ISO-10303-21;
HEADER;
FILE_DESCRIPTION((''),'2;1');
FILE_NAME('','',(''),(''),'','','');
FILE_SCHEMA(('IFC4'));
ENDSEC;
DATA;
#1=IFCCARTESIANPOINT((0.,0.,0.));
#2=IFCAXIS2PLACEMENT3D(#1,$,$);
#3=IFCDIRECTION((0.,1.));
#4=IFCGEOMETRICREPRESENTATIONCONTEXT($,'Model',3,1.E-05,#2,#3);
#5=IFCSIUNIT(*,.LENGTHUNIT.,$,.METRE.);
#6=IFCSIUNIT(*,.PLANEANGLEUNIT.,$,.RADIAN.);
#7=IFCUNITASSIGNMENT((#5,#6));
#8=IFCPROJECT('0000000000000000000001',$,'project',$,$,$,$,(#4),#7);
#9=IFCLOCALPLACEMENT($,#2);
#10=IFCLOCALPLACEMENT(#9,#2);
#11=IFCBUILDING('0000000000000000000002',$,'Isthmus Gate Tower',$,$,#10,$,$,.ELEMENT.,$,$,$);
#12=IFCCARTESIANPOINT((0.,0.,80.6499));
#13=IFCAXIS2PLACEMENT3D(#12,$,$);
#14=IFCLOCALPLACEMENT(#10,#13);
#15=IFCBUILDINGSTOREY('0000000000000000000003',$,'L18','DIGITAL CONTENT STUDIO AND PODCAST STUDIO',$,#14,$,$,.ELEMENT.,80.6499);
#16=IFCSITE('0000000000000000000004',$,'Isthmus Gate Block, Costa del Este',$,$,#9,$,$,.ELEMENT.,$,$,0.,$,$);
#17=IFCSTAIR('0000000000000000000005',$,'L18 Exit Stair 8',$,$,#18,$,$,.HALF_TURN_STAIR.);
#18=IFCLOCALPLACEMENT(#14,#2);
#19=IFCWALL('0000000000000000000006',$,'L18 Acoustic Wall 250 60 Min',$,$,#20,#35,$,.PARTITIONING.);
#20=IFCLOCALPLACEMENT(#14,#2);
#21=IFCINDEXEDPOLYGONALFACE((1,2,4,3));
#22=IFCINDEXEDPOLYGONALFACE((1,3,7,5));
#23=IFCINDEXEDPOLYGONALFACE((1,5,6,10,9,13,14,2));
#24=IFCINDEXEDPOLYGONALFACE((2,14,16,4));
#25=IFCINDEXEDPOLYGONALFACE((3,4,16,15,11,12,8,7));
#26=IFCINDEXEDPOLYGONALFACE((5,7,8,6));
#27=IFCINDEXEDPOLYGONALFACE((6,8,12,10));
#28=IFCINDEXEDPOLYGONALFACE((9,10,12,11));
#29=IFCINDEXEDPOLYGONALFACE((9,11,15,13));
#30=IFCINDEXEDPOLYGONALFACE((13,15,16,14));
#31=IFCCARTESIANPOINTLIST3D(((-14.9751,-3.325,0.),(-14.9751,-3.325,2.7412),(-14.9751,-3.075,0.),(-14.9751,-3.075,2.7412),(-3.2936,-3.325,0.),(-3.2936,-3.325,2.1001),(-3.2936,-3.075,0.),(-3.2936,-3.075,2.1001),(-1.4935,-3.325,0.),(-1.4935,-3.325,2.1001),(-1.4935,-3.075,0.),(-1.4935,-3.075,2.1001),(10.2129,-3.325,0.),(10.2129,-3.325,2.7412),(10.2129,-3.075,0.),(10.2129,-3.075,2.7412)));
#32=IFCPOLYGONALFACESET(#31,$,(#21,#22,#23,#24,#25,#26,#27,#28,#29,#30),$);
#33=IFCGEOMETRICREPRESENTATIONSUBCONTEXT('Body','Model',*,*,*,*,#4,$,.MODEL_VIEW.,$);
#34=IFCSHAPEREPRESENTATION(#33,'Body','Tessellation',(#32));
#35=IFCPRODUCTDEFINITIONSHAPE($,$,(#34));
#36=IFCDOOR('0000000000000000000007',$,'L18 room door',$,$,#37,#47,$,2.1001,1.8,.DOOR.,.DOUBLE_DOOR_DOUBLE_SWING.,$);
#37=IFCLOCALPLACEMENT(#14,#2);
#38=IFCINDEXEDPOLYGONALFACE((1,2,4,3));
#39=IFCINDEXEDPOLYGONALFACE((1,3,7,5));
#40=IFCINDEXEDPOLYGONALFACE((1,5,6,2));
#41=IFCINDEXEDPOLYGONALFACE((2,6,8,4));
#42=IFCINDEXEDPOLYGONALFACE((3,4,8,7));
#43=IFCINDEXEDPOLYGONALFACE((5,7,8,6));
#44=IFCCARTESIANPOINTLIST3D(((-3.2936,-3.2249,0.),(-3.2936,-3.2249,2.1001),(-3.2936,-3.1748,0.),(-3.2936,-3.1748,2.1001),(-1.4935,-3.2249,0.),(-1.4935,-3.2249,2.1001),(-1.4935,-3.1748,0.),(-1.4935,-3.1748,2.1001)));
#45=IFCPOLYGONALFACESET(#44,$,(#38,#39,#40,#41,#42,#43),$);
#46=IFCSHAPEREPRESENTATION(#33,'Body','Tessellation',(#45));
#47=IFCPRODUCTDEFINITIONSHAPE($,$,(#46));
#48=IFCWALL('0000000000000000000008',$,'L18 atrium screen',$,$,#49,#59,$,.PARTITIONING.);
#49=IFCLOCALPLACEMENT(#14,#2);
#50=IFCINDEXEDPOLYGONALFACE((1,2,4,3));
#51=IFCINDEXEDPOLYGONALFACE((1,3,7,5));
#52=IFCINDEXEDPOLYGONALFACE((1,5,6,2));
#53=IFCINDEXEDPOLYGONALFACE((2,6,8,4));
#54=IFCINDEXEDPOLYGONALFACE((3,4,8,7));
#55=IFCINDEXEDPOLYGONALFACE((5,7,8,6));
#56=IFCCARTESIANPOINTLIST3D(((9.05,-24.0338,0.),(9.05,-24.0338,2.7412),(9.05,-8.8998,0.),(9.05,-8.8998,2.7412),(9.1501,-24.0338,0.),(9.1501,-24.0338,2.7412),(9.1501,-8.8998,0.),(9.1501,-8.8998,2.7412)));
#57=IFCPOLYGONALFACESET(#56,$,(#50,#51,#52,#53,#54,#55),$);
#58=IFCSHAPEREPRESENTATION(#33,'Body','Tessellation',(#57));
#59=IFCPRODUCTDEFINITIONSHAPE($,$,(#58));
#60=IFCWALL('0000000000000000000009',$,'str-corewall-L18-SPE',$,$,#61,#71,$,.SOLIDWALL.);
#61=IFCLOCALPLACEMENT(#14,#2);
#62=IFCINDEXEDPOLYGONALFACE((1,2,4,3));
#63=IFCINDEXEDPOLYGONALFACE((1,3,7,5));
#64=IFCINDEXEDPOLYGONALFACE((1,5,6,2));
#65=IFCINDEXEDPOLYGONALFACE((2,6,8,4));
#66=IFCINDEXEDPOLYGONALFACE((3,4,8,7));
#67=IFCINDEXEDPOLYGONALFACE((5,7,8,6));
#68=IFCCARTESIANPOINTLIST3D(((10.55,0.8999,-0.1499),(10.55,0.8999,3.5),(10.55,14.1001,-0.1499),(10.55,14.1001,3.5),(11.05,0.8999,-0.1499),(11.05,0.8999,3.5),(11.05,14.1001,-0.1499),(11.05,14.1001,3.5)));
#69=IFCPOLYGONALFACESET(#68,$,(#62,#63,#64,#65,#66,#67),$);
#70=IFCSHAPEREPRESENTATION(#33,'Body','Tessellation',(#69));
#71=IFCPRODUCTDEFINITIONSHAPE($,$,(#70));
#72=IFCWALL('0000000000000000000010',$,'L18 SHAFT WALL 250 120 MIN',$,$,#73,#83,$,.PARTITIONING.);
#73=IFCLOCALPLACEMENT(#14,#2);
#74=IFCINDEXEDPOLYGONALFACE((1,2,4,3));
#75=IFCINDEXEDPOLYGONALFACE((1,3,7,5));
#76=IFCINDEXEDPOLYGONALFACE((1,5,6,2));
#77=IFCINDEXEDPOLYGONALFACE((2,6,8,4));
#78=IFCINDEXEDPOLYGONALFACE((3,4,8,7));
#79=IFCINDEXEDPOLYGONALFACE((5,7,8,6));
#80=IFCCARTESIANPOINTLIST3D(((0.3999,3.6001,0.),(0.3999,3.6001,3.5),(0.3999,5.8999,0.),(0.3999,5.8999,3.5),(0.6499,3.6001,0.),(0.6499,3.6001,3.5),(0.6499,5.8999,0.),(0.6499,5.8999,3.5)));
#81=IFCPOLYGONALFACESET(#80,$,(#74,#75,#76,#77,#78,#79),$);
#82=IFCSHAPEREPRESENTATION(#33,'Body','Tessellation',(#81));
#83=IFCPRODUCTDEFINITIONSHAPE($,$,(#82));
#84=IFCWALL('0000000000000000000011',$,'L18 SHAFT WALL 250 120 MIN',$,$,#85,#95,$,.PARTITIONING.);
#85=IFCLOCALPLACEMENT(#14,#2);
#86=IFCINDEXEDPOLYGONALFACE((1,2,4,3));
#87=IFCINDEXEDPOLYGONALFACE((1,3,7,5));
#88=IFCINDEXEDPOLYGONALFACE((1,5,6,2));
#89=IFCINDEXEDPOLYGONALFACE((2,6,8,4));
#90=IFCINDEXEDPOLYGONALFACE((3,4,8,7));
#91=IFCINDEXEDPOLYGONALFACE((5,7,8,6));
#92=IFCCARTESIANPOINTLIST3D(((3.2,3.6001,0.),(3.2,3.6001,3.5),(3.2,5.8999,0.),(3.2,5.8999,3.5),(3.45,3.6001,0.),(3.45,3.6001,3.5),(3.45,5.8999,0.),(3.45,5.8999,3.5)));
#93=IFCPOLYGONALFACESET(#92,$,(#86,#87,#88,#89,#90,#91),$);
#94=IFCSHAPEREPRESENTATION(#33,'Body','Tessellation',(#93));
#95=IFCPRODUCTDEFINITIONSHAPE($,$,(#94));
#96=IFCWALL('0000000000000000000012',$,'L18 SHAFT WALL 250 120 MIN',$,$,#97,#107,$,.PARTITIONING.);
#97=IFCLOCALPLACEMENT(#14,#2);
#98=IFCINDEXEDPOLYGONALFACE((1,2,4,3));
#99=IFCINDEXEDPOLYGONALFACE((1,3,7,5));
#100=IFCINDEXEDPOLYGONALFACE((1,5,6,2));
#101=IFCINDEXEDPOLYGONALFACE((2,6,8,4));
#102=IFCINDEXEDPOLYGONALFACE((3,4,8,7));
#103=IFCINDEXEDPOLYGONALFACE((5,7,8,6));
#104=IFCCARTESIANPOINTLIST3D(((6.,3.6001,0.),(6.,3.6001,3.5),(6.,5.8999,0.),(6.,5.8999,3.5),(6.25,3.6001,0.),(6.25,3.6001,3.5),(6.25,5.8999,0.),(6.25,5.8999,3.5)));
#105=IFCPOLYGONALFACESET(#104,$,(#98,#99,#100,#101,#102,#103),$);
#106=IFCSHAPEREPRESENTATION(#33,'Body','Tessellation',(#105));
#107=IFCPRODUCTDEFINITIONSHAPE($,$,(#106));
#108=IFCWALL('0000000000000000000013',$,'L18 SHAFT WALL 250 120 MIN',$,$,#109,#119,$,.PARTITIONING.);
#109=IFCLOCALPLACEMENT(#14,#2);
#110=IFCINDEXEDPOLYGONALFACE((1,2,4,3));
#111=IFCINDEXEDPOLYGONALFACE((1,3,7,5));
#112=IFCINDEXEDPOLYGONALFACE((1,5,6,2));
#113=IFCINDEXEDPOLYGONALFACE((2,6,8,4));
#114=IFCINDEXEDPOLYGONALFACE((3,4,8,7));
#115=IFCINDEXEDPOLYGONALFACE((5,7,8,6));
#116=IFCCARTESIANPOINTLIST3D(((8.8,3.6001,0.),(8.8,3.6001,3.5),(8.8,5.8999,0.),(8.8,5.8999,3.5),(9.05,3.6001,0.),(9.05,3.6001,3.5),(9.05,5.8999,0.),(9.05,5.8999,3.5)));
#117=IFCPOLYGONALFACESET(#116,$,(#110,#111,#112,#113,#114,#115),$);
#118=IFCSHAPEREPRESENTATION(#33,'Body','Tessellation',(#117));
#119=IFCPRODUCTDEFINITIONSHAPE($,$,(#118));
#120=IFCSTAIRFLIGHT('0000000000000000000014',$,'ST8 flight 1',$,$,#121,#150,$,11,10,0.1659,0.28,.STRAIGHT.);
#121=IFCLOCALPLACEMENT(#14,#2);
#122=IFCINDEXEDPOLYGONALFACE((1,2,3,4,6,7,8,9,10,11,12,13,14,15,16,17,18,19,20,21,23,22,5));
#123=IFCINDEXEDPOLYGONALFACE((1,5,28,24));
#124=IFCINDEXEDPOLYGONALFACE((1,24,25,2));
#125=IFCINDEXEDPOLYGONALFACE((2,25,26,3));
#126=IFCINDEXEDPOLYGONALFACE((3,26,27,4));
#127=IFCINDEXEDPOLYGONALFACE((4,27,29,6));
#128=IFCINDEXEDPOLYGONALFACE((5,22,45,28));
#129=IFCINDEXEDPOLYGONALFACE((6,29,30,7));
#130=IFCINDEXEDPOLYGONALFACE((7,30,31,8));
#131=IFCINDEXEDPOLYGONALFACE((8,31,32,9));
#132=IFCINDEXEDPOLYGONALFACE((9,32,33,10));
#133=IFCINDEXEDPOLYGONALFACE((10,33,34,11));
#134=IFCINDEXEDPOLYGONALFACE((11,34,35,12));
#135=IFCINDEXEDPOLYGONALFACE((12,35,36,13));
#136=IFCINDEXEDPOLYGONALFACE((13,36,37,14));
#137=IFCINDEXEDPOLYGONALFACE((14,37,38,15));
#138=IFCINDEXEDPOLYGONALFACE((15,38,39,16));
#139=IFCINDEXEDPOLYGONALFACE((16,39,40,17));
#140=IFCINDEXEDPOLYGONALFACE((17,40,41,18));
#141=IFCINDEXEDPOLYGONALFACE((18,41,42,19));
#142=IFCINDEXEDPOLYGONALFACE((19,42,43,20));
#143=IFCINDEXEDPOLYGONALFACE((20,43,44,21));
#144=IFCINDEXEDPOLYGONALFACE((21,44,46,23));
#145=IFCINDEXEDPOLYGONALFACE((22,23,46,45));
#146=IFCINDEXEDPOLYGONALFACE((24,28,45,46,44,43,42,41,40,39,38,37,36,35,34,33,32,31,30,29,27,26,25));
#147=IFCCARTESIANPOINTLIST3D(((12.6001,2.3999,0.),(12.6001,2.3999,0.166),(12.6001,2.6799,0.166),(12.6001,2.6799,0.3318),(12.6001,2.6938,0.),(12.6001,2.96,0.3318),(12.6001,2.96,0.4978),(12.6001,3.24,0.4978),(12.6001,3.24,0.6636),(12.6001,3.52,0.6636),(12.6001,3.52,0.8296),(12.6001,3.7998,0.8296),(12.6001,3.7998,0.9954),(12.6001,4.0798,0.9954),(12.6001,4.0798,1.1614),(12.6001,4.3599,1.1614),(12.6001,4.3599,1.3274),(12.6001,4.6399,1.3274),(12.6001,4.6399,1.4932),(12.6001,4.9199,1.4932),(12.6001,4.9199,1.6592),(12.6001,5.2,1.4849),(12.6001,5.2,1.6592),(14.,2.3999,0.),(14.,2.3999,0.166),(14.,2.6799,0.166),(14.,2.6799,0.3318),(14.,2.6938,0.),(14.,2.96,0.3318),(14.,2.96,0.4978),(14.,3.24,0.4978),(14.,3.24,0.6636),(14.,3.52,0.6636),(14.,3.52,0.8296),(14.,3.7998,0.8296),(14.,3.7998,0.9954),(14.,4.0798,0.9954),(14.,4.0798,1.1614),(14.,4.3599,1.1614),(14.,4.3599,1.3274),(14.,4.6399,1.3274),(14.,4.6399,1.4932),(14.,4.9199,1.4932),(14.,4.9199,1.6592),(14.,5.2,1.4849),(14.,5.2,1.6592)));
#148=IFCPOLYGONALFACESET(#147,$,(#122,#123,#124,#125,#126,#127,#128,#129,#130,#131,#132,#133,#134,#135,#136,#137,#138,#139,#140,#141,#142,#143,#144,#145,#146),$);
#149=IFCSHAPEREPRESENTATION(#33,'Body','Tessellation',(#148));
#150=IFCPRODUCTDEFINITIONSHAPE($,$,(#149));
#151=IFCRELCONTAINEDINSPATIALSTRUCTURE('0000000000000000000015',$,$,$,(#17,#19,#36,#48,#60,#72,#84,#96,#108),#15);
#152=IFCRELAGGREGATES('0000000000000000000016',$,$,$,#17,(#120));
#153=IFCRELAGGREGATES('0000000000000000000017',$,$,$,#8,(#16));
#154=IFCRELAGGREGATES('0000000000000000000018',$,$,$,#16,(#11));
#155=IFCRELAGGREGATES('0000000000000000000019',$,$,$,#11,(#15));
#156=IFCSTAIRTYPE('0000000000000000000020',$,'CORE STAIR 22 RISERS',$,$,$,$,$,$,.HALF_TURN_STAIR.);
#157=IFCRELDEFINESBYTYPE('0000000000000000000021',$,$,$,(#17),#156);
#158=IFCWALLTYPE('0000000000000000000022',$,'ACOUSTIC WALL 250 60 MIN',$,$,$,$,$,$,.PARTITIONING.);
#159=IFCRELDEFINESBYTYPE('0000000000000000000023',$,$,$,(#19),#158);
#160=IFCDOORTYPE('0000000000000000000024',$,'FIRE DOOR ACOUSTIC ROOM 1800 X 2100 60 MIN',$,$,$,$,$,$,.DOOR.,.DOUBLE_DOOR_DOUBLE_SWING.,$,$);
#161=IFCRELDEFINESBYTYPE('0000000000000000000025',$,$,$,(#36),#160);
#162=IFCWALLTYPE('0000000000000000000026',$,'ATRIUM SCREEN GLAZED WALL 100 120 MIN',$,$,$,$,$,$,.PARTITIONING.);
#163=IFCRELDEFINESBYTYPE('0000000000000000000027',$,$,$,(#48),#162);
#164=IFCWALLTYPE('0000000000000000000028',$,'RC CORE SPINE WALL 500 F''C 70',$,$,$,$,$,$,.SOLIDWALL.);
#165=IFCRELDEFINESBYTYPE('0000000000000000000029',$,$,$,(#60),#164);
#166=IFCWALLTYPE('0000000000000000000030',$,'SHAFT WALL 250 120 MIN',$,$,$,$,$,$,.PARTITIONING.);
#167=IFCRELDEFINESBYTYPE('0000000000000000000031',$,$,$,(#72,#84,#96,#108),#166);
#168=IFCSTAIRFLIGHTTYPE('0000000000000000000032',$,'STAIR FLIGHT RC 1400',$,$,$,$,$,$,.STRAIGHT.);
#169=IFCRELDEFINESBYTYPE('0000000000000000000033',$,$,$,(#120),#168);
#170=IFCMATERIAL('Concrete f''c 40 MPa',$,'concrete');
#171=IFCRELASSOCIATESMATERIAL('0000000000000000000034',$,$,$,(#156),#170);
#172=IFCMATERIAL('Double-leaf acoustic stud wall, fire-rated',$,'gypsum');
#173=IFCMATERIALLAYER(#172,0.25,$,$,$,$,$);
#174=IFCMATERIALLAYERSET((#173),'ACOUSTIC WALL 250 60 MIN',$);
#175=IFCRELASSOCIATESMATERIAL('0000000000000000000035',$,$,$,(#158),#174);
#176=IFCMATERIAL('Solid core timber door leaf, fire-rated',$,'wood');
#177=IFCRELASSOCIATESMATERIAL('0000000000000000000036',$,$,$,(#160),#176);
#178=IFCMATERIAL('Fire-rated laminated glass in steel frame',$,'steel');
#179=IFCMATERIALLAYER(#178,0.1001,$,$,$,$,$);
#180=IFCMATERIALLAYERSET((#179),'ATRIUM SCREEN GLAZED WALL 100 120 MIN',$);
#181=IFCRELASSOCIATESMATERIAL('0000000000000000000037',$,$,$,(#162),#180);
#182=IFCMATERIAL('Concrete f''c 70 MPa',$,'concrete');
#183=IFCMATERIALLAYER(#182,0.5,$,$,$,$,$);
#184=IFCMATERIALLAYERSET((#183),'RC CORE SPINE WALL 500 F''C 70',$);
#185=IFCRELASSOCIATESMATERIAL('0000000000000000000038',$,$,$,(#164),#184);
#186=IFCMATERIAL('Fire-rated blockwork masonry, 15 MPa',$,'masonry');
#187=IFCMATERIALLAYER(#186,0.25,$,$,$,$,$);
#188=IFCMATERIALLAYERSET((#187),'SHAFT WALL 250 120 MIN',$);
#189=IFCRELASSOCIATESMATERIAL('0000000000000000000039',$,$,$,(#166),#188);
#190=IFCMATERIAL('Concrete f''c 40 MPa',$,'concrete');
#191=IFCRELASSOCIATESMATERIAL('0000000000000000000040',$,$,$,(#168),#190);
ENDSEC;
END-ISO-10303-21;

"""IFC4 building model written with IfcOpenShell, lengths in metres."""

from ifc_helpers import new_model, si_unit, direction, frame, frame_2d, origin, place, context, subcontext, project, spatial, polyline, rectangle, outline, extrude, material, layer, layer_set, type_object, element, fill, aggregate, save


model = new_model("IFC4")

# Units and contexts
model_context = context("Model", 3, precision=1e-05, world=origin(), true_north=direction((0.0, 1.0)))
body_context = subcontext(model_context, "Body", "Model", "MODEL_VIEW")
ifc_project = project(units=[si_unit("LENGTHUNIT", "METRE"), si_unit("PLANEANGLEUNIT", "RADIAN")], contexts=[model_context])

# Site, building, storey
site_placement = place(None, origin())
site = spatial("IfcSite", under=ifc_project, at=site_placement, Name="Isthmus Gate Block, Costa del Este", CompositionType="ELEMENT", RefElevation=0.0)
building_placement = place(site_placement, origin())
building = spatial("IfcBuilding", under=site, at=building_placement, Name="Isthmus Gate Tower", CompositionType="ELEMENT")
storey_placement = place(building_placement, frame((0.0, 0.0, 80.6499)))
storey = spatial("IfcBuildingStorey", under=building, at=storey_placement, Name="L18", Description="DIGITAL CONTENT STUDIO AND PODCAST STUDIO", CompositionType="ELEMENT", Elevation=80.6499)

# Stair
ifc_material_1 = material(Name="Concrete f'c 40 MPa", Category="concrete")
stair_type = type_object("IfcStairType", Name="CORE STAIR 22 RISERS", PredefinedType="HALF_TURN_STAIR", material=ifc_material_1)
stair_1_placement = place(storey_placement, origin())
stair_1 = element("IfcStair", 1, at=stair_1_placement, inside=storey, type_object=stair_type, Name="L18 Exit Stair 8", PredefinedType="HALF_TURN_STAIR")

# Wall, opening, door
ifc_material_2 = material(Name="Double-leaf acoustic stud wall, fire-rated", Category="gypsum")
ifc_layer_1 = layer(ifc_material_2, 0.25)
ifc_layer_set_1 = layer_set([ifc_layer_1], Name="ACOUSTIC WALL 250 60 MIN")
wall_type_1 = type_object("IfcWallType", Name="ACOUSTIC WALL 250 60 MIN", PredefinedType="PARTITIONING", material=ifc_layer_set_1)
wall_1_placement = place(storey_placement, frame((10.2129, -3.2, 0.0), z_axis=(0.0, 0.0, 1.0), x_axis=(-1.0, 0.0, 0.0)))
wall_1 = element("IfcWall", 2, at=wall_1_placement, inside=storey, type_object=wall_type_1, Name="L18 Acoustic Wall 250 60 Min", PredefinedType="PARTITIONING", context=body_context, shape_type="SweptSolid", body=[
    extrude(rectangle(XDim=25.188, YDim=0.25, at=frame_2d((12.594, 0.0))), origin(), (0.0, 0.0, 1.0), 2.7412),
])
opening_placement = place(wall_1_placement, frame((11.7065, 0.0, 0.0)))
opening = element("IfcOpeningElement", 3, at=opening_placement, cuts=wall_1, PredefinedType="OPENING", context=body_context, shape_type="SweptSolid", body=[
    extrude(rectangle(XDim=1.8, YDim=2.1001, at=frame_2d((0.8999, 1.05))), frame((0.0, 0.135, 0.0), z_axis=(0.0, -1.0, 0.0), x_axis=(1.0, 0.0, 0.0)), (0.0, 0.0, 1.0), 0.27),
])
ifc_material_3 = material(Name="Solid core timber door leaf, fire-rated", Category="wood")
door_type = type_object("IfcDoorType", Name="FIRE DOOR ACOUSTIC ROOM 1800 X 2100 60 MIN", OperationType="DOUBLE_DOOR_DOUBLE_SWING", PredefinedType="DOOR", material=ifc_material_3)
door_placement = place(opening_placement, origin())
door = element("IfcDoor", 4, at=door_placement, inside=storey, type_object=door_type, Name="L18 room door", OperationType="DOUBLE_DOOR_DOUBLE_SWING", OverallHeight=2.1001, OverallWidth=1.8, PredefinedType="DOOR", context=body_context, shape_type="SweptSolid", body=[
    extrude(rectangle(XDim=1.8, YDim=2.1001, at=frame_2d((0.8999, 1.05))), frame((0.0, 0.0249, 0.0), z_axis=(0.0, -1.0, 0.0), x_axis=(1.0, 0.0, 0.0)), (0.0, 0.0, 1.0), 0.05),
])
fill(opening, door)

# Walls
ifc_material_4 = material(Name="Fire-rated laminated glass in steel frame", Category="steel")
ifc_layer_2 = layer(ifc_material_4, 0.1001)
ifc_layer_set_2 = layer_set([ifc_layer_2], Name="ATRIUM SCREEN GLAZED WALL 100 120 MIN")
wall_type_2 = type_object("IfcWallType", Name="ATRIUM SCREEN GLAZED WALL 100 120 MIN", PredefinedType="PARTITIONING", material=ifc_layer_set_2)
wall_2_placement = place(storey_placement, frame((9.1001, -8.8999, 0.0), z_axis=(0.0, 0.0, 1.0), x_axis=(0.0, -1.0, 0.0)))
element("IfcWall", 5, at=wall_2_placement, inside=storey, type_object=wall_type_2, Name="L18 atrium screen", PredefinedType="PARTITIONING", context=body_context, shape_type="SweptSolid", body=[
    extrude(rectangle(XDim=15.134, YDim=0.1001, at=frame_2d((7.5669, 0.0))), origin(), (0.0, 0.0, 1.0), 2.7412),
])
ifc_material_5 = material(Name="Concrete f'c 70 MPa", Category="concrete")
ifc_layer_3 = layer(ifc_material_5, 0.5)
ifc_layer_set_3 = layer_set([ifc_layer_3], Name="RC CORE SPINE WALL 500 F'C 70")
wall_type_3 = type_object("IfcWallType", Name="RC CORE SPINE WALL 500 F'C 70", PredefinedType="SOLIDWALL", material=ifc_layer_set_3)
wall_3_placement = place(storey_placement, frame((10.8, 0.8999, -0.1499), z_axis=(0.0, 0.0, 1.0), x_axis=(0.0, 1.0, 0.0)))
element("IfcWall", 6, at=wall_3_placement, inside=storey, type_object=wall_type_3, Name="str-corewall-L18-SPE", PredefinedType="SOLIDWALL", context=body_context, shape_type="SweptSolid", body=[
    extrude(rectangle(XDim=13.2002, YDim=0.5, at=frame_2d((6.6001, 0.0))), origin(), (0.0, 0.0, 1.0), 3.6499),
])
ifc_material_6 = material(Name="Fire-rated blockwork masonry, 15 MPa", Category="masonry")
ifc_layer_4 = layer(ifc_material_6, 0.25)
ifc_layer_set_4 = layer_set([ifc_layer_4], Name="SHAFT WALL 250 120 MIN")
wall_type_4 = type_object("IfcWallType", Name="SHAFT WALL 250 120 MIN", PredefinedType="PARTITIONING", material=ifc_layer_set_4)
for number, where, z_axis, x_axis, name in (
    (7, (0.5249, 3.6001, 0.0), (0.0, 0.0, 1.0), (0.0, 1.0, 0.0), "L18 SHAFT WALL 250 120 MIN"),
    (8, (3.325, 3.6001, 0.0), (0.0, 0.0, 1.0), (0.0, 1.0, 0.0), "L18 SHAFT WALL 250 120 MIN"),
    (9, (6.125, 3.6001, 0.0), (0.0, 0.0, 1.0), (0.0, 1.0, 0.0), "L18 SHAFT WALL 250 120 MIN"),
    (10, (8.925, 3.6001, 0.0), (0.0, 0.0, 1.0), (0.0, 1.0, 0.0), "L18 SHAFT WALL 250 120 MIN"),
):
    element("IfcWall", number, at=place(storey_placement, frame(where, z_axis=z_axis, x_axis=x_axis)), inside=storey, type_object=wall_type_4, Name=name, PredefinedType="PARTITIONING", context=body_context, shape_type="SweptSolid", body=[
        extrude(rectangle(XDim=2.2998, YDim=0.25, at=frame_2d((1.1499, 0.0))), origin(), (0.0, 0.0, 1.0), 3.5),
    ])

# Stair flight
ifc_material_7 = material(Name="Concrete f'c 40 MPa", Category="concrete")
stair_flight_type = type_object("IfcStairFlightType", Name="STAIR FLIGHT RC 1400", PredefinedType="STRAIGHT", material=ifc_material_7)
stair_flight_placement = place(storey_placement, frame((13.3, 2.3999, 0.0), z_axis=(0.0, 0.0, 1.0), x_axis=(0.0, 1.0, 0.0)))
stair_flight = element("IfcStairFlight", 11, at=stair_flight_placement, type_object=stair_flight_type, Name="ST8 flight 1", NumberOfRisers=11, NumberOfTreads=10, PredefinedType="STRAIGHT", RiserHeight=0.1659, TreadLength=0.28, context=body_context, shape_type="SweptSolid", body=[
    extrude(outline(polyline([(0.0, 0.0), (0.0, 0.166), (0.28, 0.166), (0.28, 0.3318), (0.5601, 0.3318), (0.5601, 0.4978), (0.8401, 0.4978), (0.8401, 0.6636), (1.1201, 0.6636), (1.1201, 0.8296), (1.3999, 0.8296), (1.3999, 0.9954), (1.6799, 0.9954), (1.6799, 1.1614), (1.96, 1.1614), (1.96, 1.3274), (2.24, 1.3274), (2.24, 1.4932), (2.52, 1.4932), (2.52, 1.6592), (2.8, 1.6592), (2.8, 1.825), (2.8, 1.4849), (0.2939, 0.0), (0.0, 0.0)])), frame((0.0, 0.7, 0.0), z_axis=(0.0, -1.0, 0.0), x_axis=(1.0, 0.0, 0.0)), (0.0, 0.0, 1.0), 1.3999),
])
aggregate(stair_1, [stair_flight])

save(model, "model.ifc")
